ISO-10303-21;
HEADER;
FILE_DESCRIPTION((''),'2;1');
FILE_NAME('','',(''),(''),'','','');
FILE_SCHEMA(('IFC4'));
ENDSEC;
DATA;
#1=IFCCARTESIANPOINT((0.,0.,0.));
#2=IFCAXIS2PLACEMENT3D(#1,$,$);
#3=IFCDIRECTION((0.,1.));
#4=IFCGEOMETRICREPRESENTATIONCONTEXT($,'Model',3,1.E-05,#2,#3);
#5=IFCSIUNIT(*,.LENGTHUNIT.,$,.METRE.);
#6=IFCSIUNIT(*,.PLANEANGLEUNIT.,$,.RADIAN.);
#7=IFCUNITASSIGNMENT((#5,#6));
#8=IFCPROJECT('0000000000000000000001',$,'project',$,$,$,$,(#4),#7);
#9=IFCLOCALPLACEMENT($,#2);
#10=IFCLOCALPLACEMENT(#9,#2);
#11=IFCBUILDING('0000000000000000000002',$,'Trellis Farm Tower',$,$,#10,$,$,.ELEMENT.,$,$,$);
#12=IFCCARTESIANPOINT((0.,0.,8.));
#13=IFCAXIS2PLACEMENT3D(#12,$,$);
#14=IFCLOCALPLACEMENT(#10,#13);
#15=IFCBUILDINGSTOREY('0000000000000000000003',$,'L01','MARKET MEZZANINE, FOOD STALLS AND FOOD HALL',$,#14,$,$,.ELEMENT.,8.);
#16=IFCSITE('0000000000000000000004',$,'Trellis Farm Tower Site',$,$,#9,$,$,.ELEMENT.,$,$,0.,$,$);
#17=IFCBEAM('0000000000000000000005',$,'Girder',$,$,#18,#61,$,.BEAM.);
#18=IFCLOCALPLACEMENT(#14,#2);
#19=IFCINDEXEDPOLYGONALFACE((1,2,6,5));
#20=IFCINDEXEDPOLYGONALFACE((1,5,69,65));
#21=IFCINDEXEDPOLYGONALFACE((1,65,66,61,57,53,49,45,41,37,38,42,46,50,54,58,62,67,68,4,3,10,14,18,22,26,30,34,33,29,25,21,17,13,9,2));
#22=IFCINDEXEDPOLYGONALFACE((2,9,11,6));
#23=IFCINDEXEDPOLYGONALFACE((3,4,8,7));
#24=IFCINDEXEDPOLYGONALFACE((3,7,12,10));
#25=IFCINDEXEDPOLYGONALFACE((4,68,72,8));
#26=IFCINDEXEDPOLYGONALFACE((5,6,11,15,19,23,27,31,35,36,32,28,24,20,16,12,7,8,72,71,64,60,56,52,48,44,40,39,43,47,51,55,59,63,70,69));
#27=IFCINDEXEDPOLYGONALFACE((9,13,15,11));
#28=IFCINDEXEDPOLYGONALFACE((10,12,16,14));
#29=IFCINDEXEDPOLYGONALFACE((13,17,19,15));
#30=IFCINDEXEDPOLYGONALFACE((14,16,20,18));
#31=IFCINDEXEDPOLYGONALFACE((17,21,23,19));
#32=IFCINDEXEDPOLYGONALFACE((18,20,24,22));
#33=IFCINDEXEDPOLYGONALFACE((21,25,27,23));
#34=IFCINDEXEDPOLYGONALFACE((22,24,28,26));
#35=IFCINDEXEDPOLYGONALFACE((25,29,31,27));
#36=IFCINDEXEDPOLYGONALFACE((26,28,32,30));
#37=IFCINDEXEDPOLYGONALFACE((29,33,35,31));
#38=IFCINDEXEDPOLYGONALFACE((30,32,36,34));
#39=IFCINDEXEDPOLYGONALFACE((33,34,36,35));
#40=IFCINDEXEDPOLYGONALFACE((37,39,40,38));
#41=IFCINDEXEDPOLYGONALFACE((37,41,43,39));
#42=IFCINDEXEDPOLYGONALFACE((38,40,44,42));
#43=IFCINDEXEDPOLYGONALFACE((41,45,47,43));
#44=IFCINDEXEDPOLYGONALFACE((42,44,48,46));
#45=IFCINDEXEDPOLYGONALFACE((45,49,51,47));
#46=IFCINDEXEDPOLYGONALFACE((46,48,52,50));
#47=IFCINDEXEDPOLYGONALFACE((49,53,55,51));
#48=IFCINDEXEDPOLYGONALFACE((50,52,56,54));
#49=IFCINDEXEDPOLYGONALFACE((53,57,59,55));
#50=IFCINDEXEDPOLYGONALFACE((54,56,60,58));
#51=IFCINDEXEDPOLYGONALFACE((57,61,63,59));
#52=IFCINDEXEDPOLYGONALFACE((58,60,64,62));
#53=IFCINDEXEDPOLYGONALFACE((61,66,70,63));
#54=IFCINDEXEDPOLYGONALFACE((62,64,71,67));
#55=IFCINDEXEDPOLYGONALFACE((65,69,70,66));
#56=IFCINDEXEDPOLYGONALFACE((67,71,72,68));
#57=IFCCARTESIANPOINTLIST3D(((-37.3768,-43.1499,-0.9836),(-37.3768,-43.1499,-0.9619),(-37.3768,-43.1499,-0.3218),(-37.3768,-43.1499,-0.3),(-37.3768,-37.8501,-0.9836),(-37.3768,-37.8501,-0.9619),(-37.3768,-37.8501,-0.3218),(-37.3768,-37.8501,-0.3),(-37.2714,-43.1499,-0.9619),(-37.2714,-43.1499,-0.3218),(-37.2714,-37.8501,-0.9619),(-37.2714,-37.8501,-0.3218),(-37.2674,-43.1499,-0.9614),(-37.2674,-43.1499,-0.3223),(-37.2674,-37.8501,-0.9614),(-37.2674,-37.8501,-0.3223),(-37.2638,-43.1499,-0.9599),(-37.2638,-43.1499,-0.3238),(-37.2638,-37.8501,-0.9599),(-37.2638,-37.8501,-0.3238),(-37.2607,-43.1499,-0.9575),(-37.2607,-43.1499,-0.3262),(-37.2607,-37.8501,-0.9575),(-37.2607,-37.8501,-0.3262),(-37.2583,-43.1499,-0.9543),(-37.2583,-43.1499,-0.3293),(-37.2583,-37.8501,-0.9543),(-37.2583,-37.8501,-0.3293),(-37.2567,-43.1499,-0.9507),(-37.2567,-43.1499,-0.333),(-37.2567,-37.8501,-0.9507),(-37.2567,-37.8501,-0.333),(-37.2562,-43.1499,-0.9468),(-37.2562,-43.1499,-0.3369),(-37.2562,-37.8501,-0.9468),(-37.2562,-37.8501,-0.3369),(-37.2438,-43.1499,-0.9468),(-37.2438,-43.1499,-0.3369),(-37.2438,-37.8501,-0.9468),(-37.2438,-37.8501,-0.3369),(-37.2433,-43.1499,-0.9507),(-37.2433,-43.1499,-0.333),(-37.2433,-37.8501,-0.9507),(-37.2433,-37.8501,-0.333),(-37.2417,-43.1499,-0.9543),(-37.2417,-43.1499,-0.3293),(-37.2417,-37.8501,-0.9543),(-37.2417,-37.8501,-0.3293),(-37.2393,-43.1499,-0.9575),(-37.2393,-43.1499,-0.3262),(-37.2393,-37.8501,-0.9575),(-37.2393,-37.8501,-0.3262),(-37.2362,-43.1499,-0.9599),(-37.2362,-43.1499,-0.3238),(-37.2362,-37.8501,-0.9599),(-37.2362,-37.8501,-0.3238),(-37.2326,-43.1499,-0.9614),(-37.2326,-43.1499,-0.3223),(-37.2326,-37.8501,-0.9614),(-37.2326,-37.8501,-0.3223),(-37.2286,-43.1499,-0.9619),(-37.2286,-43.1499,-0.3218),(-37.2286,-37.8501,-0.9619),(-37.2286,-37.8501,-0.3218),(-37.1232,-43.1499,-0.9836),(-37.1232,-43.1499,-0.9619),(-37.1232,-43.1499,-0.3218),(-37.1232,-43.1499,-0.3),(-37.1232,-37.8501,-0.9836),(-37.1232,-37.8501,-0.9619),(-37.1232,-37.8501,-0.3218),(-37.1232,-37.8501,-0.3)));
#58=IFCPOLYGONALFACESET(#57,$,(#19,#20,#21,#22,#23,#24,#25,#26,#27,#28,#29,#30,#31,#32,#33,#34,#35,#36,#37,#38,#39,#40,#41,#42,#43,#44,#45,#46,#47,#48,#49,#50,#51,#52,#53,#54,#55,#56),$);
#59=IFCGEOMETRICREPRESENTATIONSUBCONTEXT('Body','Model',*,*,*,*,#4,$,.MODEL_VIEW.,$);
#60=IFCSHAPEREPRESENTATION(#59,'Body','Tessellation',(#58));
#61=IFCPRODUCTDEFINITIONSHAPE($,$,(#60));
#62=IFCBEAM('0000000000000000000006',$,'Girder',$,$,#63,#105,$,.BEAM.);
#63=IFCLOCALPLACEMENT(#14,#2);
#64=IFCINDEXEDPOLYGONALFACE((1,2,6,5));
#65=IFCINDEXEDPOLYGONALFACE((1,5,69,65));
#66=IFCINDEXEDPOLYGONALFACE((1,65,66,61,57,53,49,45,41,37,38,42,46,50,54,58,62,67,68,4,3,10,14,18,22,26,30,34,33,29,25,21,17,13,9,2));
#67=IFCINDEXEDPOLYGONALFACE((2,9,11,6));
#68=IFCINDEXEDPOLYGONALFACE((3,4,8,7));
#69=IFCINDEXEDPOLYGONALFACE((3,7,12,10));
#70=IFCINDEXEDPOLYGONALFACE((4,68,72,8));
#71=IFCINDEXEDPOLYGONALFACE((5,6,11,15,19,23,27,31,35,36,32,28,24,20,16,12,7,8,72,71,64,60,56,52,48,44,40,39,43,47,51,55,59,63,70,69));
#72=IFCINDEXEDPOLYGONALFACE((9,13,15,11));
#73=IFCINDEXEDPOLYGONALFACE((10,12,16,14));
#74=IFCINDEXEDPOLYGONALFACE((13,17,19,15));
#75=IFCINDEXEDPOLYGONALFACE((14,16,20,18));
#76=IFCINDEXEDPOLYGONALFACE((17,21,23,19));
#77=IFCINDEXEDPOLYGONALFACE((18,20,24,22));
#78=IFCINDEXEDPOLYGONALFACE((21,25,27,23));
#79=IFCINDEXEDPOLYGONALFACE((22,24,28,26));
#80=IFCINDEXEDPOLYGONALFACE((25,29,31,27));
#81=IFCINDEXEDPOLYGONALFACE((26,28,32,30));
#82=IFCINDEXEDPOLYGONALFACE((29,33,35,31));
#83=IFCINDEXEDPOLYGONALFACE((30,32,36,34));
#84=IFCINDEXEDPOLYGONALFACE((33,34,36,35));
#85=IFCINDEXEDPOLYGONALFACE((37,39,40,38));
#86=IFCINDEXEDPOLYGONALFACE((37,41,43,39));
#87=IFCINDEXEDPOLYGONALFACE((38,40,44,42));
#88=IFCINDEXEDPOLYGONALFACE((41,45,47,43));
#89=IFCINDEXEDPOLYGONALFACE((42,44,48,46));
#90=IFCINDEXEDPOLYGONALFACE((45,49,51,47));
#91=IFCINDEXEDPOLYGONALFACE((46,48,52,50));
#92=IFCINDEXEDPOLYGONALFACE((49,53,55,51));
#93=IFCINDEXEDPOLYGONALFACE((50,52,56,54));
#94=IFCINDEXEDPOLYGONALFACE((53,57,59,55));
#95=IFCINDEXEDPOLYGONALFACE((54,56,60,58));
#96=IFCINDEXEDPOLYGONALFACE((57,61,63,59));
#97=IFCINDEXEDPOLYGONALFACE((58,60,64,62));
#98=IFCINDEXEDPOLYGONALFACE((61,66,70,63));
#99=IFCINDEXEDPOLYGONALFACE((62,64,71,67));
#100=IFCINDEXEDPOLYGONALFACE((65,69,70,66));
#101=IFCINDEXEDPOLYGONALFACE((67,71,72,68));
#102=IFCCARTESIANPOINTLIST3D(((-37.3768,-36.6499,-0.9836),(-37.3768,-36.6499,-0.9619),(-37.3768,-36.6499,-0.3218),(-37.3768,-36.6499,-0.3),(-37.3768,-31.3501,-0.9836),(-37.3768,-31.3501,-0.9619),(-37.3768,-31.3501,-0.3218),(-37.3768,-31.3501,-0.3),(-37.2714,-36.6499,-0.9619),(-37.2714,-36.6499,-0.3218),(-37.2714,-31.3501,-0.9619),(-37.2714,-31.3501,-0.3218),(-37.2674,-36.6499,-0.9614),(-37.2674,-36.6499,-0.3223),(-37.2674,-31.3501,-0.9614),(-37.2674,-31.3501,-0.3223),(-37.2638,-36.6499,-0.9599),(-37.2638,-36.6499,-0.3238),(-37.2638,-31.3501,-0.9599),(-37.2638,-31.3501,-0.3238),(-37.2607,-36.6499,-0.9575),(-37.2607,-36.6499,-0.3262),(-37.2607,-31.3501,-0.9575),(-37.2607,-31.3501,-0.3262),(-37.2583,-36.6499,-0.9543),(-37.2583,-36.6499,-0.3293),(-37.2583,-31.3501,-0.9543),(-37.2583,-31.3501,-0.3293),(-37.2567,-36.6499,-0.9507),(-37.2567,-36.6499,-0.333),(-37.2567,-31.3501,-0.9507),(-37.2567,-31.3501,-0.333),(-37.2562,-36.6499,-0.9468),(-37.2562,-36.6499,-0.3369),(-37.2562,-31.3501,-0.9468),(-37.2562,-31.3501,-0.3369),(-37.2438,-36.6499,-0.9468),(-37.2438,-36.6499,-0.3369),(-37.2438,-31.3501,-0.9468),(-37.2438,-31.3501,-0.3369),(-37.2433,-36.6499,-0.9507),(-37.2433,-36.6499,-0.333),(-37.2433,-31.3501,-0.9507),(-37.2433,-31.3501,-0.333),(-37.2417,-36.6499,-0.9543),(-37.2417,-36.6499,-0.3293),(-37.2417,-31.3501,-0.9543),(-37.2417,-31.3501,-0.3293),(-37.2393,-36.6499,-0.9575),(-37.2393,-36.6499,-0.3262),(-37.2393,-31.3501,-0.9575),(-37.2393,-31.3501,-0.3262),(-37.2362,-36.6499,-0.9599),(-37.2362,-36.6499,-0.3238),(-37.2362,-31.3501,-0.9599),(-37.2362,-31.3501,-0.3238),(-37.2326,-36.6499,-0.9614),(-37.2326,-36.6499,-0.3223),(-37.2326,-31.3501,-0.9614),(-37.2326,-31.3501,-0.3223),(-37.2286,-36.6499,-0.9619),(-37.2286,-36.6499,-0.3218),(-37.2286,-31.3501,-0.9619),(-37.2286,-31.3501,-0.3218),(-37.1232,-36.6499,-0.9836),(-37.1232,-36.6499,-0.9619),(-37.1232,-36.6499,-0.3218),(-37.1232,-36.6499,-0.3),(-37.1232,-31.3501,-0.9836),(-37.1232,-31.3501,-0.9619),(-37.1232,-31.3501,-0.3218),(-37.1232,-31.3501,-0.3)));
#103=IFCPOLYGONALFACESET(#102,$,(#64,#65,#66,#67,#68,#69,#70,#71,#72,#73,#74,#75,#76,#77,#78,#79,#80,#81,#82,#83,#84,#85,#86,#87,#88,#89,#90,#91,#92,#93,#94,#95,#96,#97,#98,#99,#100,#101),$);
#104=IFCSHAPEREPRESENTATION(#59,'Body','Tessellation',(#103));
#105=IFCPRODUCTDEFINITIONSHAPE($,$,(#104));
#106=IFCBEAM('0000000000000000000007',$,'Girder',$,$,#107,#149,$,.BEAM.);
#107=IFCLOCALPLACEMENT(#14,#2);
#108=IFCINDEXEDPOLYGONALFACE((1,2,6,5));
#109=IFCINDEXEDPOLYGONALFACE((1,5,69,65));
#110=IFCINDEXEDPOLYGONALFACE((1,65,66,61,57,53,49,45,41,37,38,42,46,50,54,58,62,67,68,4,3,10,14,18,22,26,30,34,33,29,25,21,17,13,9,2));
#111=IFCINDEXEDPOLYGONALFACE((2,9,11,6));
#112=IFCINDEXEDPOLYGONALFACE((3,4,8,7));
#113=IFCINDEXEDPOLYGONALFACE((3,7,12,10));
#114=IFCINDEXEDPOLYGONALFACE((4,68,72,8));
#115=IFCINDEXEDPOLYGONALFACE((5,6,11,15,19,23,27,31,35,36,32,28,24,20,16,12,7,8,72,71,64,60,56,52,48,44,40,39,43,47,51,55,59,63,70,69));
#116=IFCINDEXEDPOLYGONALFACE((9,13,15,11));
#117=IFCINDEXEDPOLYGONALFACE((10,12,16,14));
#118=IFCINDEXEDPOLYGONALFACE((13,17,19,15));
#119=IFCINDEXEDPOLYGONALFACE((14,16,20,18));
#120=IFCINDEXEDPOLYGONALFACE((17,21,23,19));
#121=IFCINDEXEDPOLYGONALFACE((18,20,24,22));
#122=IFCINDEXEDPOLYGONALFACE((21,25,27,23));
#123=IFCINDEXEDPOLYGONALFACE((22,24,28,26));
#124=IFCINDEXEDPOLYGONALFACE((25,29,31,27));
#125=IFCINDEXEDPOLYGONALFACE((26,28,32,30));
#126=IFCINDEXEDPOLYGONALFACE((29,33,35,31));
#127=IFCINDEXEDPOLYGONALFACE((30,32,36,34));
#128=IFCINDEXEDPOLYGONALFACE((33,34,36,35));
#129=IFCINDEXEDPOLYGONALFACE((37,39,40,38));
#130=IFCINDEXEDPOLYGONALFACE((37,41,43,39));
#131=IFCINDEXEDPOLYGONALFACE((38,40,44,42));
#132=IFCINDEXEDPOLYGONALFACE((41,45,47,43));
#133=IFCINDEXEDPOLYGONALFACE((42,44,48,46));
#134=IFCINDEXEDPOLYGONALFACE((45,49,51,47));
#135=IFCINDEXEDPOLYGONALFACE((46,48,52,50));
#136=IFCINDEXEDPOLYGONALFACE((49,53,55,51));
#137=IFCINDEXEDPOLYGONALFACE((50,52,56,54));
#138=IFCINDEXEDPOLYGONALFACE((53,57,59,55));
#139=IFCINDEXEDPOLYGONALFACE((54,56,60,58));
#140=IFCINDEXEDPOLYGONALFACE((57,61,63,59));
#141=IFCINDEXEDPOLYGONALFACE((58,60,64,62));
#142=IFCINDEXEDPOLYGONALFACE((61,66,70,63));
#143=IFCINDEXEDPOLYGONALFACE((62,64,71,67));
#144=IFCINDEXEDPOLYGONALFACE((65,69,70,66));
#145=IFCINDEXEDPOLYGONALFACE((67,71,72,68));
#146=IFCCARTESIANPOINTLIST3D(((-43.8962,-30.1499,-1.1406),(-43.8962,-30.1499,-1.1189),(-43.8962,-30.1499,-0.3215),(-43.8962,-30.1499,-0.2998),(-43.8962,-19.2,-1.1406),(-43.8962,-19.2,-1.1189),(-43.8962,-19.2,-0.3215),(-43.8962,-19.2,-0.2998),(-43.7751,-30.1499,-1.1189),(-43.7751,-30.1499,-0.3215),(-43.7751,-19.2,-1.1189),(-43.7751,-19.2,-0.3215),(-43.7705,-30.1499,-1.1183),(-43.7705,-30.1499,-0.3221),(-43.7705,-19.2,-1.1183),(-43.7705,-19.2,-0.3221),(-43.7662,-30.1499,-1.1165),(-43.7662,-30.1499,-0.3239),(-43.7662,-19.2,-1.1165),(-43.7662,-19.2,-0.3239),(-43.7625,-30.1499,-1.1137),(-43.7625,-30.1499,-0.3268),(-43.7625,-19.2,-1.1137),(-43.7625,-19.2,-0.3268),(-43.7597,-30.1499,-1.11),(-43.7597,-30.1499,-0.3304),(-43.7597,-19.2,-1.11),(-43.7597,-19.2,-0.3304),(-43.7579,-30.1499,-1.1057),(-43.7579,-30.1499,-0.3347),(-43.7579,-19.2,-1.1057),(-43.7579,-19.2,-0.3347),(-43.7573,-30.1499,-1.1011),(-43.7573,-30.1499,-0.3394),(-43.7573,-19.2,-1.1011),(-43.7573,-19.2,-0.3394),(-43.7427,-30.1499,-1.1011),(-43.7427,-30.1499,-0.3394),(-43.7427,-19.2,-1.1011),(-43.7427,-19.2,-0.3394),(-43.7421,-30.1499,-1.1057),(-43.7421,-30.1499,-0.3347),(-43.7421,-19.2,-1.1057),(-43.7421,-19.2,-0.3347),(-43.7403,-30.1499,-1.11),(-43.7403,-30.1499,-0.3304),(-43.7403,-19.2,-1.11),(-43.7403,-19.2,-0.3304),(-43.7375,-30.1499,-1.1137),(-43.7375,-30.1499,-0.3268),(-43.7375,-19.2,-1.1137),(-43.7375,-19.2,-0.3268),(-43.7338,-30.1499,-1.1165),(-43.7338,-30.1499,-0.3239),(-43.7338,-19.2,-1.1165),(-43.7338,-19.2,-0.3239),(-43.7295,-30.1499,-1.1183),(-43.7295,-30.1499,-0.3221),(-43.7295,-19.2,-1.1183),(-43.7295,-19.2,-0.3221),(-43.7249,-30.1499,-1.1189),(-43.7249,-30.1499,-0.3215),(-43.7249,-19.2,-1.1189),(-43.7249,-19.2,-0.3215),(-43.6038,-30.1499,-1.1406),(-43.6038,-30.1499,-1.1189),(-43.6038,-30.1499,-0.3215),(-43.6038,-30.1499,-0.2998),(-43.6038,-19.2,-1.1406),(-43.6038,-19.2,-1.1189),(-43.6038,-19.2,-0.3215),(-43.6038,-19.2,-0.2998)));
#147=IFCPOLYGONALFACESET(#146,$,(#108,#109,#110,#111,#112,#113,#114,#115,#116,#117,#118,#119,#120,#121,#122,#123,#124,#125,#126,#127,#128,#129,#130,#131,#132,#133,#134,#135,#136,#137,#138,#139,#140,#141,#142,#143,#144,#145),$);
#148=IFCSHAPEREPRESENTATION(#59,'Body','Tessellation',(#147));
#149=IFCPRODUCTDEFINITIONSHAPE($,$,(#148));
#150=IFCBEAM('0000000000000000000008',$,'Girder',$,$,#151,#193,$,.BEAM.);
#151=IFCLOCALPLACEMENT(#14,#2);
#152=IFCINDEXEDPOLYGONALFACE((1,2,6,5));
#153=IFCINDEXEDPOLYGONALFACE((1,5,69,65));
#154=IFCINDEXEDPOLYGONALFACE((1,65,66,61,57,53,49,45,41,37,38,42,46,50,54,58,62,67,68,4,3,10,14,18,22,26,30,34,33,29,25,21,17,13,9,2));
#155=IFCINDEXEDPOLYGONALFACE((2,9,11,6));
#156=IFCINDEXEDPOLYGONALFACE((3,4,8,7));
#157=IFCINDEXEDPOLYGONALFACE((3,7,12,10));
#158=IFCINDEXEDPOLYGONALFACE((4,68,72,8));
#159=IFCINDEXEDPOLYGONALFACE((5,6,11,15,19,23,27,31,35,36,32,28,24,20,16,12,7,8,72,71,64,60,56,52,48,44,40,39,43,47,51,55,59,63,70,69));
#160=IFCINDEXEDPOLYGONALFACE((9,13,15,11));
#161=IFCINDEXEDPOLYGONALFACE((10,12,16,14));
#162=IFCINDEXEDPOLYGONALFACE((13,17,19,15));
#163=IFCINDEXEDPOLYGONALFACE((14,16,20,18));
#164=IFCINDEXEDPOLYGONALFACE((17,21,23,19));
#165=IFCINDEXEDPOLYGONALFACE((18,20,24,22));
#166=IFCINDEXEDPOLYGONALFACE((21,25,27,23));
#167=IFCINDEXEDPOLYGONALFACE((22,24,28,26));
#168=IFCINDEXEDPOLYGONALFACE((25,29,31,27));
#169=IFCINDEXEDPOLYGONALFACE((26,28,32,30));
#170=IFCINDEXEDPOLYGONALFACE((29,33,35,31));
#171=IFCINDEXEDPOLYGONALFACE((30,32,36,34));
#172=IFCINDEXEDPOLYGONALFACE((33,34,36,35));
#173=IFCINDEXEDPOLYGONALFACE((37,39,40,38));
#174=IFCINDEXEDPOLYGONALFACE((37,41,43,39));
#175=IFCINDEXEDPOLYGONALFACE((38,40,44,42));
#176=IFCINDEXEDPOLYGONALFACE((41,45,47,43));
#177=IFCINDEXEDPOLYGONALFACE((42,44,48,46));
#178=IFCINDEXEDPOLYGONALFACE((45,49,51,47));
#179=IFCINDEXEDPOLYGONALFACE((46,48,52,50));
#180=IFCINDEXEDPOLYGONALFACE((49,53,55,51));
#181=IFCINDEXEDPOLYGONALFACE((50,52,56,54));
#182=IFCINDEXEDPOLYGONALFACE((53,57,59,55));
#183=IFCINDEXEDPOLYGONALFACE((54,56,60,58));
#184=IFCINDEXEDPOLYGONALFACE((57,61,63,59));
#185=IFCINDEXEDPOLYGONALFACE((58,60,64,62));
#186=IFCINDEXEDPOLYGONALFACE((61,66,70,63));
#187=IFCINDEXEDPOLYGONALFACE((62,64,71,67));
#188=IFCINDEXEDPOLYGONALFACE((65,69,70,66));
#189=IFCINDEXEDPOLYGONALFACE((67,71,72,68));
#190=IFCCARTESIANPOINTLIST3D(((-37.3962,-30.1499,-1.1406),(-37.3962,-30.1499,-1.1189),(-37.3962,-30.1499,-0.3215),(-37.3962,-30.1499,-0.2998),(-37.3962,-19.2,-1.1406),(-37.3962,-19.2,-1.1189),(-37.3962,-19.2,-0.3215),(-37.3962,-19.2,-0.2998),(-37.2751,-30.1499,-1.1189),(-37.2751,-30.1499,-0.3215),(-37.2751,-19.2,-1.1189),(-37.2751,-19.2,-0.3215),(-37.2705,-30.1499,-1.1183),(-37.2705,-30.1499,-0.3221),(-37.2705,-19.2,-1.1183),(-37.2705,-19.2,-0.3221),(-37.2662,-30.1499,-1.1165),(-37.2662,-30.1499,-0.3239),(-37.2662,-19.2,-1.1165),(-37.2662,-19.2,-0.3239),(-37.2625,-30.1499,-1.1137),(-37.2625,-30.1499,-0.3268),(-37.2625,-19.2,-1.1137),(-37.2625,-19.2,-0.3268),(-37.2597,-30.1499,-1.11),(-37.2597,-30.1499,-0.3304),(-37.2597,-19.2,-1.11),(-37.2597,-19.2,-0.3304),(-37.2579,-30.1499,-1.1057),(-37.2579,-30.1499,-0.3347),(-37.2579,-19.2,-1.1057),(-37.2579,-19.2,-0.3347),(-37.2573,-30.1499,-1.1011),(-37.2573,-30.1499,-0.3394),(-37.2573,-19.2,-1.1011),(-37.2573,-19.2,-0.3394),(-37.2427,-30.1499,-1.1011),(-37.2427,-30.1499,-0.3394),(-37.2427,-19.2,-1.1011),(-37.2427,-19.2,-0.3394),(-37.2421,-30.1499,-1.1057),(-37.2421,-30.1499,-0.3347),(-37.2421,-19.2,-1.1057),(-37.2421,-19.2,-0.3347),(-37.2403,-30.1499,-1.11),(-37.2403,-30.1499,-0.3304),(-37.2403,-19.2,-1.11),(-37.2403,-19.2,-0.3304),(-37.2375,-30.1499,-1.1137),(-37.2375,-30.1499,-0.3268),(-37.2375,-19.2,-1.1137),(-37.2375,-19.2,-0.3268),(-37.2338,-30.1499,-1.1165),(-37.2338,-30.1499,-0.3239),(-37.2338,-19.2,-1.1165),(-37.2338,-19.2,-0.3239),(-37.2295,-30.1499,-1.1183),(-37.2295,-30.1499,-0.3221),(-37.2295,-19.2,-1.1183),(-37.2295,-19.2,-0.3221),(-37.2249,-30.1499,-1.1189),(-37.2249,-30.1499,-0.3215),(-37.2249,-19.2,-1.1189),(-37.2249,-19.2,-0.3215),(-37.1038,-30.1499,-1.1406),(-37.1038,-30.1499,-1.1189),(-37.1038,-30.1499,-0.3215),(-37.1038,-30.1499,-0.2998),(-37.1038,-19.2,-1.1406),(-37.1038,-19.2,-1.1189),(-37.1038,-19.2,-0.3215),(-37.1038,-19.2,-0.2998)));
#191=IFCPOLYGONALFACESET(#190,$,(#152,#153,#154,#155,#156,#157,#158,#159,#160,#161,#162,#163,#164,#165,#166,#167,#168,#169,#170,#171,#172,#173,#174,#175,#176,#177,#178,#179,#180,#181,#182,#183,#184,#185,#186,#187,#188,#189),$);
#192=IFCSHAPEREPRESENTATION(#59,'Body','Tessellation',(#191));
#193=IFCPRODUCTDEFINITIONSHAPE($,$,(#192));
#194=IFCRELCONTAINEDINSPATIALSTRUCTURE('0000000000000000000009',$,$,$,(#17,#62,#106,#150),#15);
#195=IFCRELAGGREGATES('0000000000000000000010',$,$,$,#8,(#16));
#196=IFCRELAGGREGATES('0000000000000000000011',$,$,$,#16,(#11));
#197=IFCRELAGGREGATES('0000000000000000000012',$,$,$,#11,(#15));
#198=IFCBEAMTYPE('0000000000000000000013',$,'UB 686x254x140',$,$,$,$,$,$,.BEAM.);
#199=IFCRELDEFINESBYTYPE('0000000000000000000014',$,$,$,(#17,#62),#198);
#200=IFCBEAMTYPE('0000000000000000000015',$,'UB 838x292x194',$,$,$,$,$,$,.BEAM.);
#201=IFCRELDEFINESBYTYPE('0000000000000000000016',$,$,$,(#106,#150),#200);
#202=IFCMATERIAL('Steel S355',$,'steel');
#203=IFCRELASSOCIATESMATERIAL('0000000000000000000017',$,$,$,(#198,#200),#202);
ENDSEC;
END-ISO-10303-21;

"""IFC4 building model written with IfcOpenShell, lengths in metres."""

from ifc_helpers import new_model, si_unit, direction, frame, origin, origin_2d, place, context, subcontext, project, spatial, i_section, extrude, source, transform, mapped, material, material_profile, profile_set, type_object, element, save


model = new_model("IFC4")

# Units and contexts
model_context = context("Model", 3, precision=1e-05, world=origin(), true_north=direction((0.0, 1.0)))
body_context = subcontext(model_context, "Body", "Model", "MODEL_VIEW")
ifc_project = project(units=[si_unit("LENGTHUNIT", "METRE"), si_unit("PLANEANGLEUNIT", "RADIAN")], contexts=[model_context])

# Site, building, storey
site_placement = place(None, origin())
site = spatial("IfcSite", under=ifc_project, at=site_placement, Name="Trellis Farm Tower Site", CompositionType="ELEMENT", RefElevation=0.0)
building_placement = place(site_placement, origin())
building = spatial("IfcBuilding", under=site, at=building_placement, Name="Trellis Farm Tower", CompositionType="ELEMENT")
storey_placement = place(building_placement, frame((0.0, 0.0, 8.0)))
storey = spatial("IfcBuildingStorey", under=building, at=storey_placement, Name="L01", Description="MARKET MEZZANINE, FOOD STALLS AND FOOD HALL", CompositionType="ELEMENT", Elevation=8.0)

# Beams
ifc_material_1 = material(Name="Steel S355", Category="steel")
ifc_material_profile_1 = material_profile(ifc_material_1, i_section(OverallWidth=0.2537, OverallDepth=0.6836, WebThickness=0.0125, FlangeThickness=0.0217, FilletRadius=0.0151, at=origin_2d()), Name="UB 686x254x140")
ifc_profile_set_1 = profile_set([ifc_material_profile_1], Name="Steel S355")
beam_type_1 = type_object("IfcBeamType", Name="UB 686x254x140", PredefinedType="BEAM", material=ifc_profile_set_1)
shared_shape_1 = source(origin(), body_context, "Body", "SweptSolid", [
    extrude(i_section(OverallWidth=0.2537, OverallDepth=0.6836, WebThickness=0.0125, FlangeThickness=0.0217, FilletRadius=0.0151, at=origin_2d()), origin(), (0.0, 0.0, 1.0), 5.2998),
])
for number, where, z_axis, x_axis, name in (
    (1, (-37.25, -43.1499, -0.6418), (0.0, 1.0, 0.0), (-1.0, 0.0, 0.0), "Girder"),
    (2, (-37.25, -36.6499, -0.6418), (0.0, 1.0, 0.0), (-1.0, 0.0, 0.0), "Girder"),
):
    element("IfcBeam", number, at=place(storey_placement, frame(where, z_axis=z_axis, x_axis=x_axis)), inside=storey, type_object=beam_type_1, Name=name, PredefinedType="BEAM", context=body_context, shape_type="MappedRepresentation", body=[
        mapped(shared_shape_1, transform((0.0, 0.0, 0.0))),
    ])
ifc_material_profile_2 = material_profile(ifc_material_1, i_section(OverallWidth=0.2925, OverallDepth=0.8408, WebThickness=0.0146, FlangeThickness=0.0217, FilletRadius=0.0178, at=origin_2d()), Name="UB 838x292x194")
ifc_profile_set_2 = profile_set([ifc_material_profile_2], Name="Steel S355")
beam_type_2 = type_object("IfcBeamType", Name="UB 838x292x194", PredefinedType="BEAM", material=ifc_profile_set_2)
shared_shape_2 = source(origin(), body_context, "Body", "SweptSolid", [
    extrude(i_section(OverallWidth=0.2925, OverallDepth=0.8408, WebThickness=0.0146, FlangeThickness=0.0217, FilletRadius=0.0178, at=origin_2d()), origin(), (0.0, 0.0, 1.0), 10.95),
])
for number, where, z_axis, x_axis, name in (
    (3, (-43.75, -30.1499, -0.7202), (0.0, 1.0, 0.0), (-1.0, 0.0, 0.0), "Girder"),
    (4, (-37.25, -30.1499, -0.7202), (0.0, 1.0, 0.0), (-1.0, 0.0, 0.0), "Girder"),
):
    element("IfcBeam", number, at=place(storey_placement, frame(where, z_axis=z_axis, x_axis=x_axis)), inside=storey, type_object=beam_type_2, Name=name, PredefinedType="BEAM", context=body_context, shape_type="MappedRepresentation", body=[
        mapped(shared_shape_2, transform((0.0, 0.0, 0.0))),
    ])

save(model, "model.ifc")
